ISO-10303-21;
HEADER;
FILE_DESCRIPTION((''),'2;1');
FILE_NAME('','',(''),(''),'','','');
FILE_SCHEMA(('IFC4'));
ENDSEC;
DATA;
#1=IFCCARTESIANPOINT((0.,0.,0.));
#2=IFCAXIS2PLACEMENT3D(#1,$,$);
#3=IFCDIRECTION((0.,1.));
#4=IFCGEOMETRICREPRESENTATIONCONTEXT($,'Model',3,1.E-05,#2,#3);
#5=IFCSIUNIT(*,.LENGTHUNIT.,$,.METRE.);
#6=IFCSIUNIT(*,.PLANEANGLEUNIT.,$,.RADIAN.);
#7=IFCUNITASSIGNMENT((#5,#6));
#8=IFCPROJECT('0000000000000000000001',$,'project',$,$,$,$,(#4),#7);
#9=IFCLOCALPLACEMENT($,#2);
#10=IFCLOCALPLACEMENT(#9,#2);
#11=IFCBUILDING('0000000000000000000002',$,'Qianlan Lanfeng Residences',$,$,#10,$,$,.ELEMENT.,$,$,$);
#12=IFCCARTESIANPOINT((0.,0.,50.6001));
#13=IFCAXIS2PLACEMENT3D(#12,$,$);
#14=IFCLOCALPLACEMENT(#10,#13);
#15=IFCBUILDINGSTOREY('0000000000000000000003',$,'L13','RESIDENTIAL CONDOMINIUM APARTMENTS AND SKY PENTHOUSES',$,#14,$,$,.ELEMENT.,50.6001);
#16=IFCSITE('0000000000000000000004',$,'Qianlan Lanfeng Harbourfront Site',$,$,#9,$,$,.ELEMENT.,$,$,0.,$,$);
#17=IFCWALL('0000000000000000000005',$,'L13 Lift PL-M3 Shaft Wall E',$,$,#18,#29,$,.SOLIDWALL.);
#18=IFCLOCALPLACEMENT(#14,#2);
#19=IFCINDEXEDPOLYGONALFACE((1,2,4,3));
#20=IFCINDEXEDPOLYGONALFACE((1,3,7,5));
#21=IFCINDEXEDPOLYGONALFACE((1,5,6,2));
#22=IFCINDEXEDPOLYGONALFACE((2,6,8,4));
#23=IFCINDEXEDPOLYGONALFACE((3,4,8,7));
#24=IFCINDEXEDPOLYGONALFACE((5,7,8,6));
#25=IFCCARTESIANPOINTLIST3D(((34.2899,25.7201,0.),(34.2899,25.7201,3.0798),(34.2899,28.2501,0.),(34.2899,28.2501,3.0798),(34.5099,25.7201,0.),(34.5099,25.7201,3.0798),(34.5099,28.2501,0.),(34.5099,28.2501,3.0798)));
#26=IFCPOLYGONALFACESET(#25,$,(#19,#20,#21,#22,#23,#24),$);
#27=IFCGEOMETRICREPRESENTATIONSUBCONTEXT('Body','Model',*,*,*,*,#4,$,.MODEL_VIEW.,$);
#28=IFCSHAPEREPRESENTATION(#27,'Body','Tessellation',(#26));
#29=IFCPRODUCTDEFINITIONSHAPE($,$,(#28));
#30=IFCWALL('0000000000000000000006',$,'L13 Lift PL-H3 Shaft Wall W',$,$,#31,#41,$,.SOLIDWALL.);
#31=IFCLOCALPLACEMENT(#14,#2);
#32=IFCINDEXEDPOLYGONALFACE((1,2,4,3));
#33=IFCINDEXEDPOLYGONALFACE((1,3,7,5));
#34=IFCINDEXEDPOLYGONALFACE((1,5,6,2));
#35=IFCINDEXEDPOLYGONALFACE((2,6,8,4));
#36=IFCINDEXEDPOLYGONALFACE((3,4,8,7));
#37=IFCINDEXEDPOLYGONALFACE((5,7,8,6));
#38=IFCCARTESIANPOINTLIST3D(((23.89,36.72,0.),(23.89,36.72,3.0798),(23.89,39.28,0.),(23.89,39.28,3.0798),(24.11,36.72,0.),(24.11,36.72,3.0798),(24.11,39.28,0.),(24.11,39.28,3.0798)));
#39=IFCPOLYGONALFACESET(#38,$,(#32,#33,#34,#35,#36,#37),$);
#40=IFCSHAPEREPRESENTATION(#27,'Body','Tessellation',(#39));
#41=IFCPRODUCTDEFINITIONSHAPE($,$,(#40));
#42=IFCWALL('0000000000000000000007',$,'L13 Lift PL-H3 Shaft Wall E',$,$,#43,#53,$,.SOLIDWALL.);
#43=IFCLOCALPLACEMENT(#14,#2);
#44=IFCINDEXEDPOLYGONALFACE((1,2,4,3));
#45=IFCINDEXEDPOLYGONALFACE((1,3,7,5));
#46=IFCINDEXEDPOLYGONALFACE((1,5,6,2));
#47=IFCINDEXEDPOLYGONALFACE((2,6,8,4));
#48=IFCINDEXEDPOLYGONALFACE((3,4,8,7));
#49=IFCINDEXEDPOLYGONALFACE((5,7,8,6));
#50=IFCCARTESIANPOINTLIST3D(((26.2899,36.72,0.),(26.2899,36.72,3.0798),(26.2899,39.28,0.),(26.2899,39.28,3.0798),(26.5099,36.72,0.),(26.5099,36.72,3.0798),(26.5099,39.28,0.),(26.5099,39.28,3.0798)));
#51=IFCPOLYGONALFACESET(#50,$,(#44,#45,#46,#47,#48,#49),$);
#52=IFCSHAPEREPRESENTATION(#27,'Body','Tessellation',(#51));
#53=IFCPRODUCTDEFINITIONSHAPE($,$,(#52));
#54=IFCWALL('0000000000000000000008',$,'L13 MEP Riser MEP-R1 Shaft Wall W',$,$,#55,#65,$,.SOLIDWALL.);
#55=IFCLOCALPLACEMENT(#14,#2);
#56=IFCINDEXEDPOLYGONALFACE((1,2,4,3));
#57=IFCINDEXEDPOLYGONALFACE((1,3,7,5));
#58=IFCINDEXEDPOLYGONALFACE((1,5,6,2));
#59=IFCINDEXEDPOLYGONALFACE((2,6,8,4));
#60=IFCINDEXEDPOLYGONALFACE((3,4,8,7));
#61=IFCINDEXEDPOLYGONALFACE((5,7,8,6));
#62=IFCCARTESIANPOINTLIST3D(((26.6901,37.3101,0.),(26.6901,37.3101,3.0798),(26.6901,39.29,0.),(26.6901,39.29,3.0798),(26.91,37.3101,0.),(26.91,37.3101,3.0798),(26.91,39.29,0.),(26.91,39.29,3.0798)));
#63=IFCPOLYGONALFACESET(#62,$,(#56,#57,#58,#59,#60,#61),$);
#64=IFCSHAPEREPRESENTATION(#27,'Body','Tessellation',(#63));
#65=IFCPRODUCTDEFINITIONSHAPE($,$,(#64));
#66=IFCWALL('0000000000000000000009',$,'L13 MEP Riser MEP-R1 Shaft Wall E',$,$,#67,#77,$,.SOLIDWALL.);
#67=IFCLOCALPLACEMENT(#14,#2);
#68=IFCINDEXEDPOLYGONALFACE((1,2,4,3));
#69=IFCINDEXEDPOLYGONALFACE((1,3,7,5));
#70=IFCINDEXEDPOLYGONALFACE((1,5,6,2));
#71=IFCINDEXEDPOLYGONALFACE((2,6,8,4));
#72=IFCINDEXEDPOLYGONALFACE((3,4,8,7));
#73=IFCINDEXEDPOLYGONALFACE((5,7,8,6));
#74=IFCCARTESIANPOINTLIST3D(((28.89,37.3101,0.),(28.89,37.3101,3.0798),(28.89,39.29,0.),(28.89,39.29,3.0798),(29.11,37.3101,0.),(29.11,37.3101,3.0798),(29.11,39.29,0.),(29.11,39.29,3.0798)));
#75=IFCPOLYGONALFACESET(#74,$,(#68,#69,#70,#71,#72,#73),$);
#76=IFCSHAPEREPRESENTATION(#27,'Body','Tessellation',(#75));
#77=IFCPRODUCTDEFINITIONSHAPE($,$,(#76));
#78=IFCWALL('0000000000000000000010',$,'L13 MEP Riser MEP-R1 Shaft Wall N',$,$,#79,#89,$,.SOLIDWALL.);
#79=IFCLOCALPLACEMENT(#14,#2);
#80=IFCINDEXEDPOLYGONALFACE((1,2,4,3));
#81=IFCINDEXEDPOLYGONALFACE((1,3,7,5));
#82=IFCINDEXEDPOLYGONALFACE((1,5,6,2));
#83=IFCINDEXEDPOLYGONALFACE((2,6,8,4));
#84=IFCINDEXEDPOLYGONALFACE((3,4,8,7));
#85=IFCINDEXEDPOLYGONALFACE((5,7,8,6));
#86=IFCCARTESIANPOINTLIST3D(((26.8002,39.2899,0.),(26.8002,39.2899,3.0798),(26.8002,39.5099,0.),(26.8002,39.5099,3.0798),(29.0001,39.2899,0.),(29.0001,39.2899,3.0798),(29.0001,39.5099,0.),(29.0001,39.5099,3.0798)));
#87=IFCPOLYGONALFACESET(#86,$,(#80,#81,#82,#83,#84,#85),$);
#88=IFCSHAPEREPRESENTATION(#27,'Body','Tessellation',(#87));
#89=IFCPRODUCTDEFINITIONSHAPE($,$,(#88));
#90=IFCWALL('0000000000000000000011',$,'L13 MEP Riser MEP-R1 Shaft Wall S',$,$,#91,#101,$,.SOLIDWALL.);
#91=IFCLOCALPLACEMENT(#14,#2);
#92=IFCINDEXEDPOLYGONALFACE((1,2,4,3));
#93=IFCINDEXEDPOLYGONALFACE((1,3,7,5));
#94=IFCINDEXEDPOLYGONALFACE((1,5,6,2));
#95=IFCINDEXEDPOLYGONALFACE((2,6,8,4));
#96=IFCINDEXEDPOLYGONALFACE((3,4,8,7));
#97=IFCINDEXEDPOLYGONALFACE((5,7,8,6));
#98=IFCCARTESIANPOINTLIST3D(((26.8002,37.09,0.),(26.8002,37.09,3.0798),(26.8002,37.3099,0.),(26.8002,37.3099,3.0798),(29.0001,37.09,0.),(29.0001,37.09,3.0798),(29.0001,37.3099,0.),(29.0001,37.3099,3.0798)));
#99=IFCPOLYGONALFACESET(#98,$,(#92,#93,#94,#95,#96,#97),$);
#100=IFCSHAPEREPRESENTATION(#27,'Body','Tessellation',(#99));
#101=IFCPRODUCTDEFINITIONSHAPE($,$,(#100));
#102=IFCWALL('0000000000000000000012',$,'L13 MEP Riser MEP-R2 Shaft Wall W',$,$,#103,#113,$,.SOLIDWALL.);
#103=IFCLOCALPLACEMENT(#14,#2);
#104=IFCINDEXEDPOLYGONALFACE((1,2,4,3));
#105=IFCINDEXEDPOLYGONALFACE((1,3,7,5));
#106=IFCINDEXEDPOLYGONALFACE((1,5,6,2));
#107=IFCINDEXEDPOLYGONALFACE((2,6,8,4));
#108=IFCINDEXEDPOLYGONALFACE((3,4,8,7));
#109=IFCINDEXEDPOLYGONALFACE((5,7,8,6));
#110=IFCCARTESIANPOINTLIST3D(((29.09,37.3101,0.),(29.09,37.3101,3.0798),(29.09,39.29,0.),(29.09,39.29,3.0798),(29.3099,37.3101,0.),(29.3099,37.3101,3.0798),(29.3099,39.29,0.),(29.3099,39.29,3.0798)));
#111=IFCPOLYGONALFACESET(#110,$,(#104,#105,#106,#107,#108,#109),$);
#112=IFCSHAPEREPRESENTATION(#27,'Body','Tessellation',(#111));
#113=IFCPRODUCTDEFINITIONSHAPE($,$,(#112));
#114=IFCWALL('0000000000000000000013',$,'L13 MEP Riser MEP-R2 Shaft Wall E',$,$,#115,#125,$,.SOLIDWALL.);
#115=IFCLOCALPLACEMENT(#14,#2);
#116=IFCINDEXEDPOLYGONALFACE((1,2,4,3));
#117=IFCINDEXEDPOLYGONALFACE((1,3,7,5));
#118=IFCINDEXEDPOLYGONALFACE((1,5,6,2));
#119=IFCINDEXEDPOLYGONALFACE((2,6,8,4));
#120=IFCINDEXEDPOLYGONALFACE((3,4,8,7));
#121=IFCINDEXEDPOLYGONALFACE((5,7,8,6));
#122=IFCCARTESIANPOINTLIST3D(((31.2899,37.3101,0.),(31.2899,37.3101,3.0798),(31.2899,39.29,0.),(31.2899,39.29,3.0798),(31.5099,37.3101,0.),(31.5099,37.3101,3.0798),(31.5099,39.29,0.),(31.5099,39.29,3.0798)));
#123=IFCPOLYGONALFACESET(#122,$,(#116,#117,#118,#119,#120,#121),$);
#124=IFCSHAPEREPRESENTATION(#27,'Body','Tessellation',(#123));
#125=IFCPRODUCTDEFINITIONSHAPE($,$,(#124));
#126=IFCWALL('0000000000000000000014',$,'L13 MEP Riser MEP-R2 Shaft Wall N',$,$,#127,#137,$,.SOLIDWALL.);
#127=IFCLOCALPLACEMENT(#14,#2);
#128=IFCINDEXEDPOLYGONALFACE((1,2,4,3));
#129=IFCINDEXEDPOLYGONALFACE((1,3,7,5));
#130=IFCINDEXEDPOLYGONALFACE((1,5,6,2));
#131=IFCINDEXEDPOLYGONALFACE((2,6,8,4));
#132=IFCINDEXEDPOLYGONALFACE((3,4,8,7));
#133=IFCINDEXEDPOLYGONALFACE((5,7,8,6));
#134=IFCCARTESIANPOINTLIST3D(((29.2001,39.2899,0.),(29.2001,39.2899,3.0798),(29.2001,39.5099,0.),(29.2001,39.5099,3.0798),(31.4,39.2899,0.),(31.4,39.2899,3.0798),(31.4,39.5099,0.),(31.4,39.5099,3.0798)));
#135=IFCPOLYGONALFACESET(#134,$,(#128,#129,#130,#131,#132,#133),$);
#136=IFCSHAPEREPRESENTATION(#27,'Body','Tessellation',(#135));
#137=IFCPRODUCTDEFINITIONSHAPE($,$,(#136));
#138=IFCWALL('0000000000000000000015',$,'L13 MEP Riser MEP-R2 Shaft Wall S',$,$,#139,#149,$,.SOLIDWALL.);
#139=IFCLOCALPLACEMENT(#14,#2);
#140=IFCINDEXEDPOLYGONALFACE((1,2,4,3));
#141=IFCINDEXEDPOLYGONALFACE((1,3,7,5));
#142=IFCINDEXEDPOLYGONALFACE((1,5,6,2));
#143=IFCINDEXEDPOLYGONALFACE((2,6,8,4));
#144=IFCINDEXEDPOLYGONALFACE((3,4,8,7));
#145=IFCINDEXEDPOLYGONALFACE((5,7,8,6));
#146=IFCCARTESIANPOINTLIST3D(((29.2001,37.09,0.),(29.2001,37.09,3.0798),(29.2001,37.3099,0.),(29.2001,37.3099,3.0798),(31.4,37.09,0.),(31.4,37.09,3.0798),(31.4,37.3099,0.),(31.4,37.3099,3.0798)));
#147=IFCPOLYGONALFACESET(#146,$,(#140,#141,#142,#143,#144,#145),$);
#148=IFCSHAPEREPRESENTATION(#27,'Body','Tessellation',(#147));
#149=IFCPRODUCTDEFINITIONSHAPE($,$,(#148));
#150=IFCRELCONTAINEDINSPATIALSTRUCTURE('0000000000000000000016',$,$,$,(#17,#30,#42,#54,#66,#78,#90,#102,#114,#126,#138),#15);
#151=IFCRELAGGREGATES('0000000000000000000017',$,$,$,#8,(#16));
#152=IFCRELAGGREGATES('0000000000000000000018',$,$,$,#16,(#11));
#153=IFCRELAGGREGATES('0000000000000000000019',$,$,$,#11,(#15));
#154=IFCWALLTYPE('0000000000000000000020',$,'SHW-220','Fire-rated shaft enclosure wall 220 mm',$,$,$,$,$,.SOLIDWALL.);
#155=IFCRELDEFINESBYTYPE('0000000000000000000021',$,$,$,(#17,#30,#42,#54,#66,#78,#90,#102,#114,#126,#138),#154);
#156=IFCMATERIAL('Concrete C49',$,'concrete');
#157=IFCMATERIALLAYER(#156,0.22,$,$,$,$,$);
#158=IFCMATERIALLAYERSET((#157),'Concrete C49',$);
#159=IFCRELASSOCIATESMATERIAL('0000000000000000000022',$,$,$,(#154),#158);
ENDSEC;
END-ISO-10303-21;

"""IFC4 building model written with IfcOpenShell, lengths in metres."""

from ifc_helpers import new_model, si_unit, direction, frame, frame_2d, origin, place, context, subcontext, project, spatial, rectangle, extrude, material, layer, layer_set, type_object, element, save


model = new_model("IFC4")

# Units and contexts
model_context = context("Model", 3, precision=1e-05, world=origin(), true_north=direction((0.0, 1.0)))
body_context = subcontext(model_context, "Body", "Model", "MODEL_VIEW")
ifc_project = project(units=[si_unit("LENGTHUNIT", "METRE"), si_unit("PLANEANGLEUNIT", "RADIAN")], contexts=[model_context])

# Site, building, storey
site_placement = place(None, origin())
site = spatial("IfcSite", under=ifc_project, at=site_placement, Name="Qianlan Lanfeng Harbourfront Site", CompositionType="ELEMENT", RefElevation=0.0)
building_placement = place(site_placement, origin())
building = spatial("IfcBuilding", under=site, at=building_placement, Name="Qianlan Lanfeng Residences", CompositionType="ELEMENT")
storey_placement = place(building_placement, frame((0.0, 0.0, 50.6001)))
storey = spatial("IfcBuildingStorey", under=building, at=storey_placement, Name="L13", Description="RESIDENTIAL CONDOMINIUM APARTMENTS AND SKY PENTHOUSES", CompositionType="ELEMENT", Elevation=50.6001)

# Walls
ifc_material_1 = material(Name="Concrete C49", Category="concrete")
ifc_layer_1 = layer(ifc_material_1, 0.22)
ifc_layer_set_1 = layer_set([ifc_layer_1], Name="Concrete C49")
wall_type_1 = type_object("IfcWallType", Name="SHW-220", Description="Fire-rated shaft enclosure wall 220 mm", PredefinedType="SOLIDWALL", material=ifc_layer_set_1)
for number, where, z_axis, x_axis, name in (
    (1, (34.3999, 25.72, 0.0), (0.0, 0.0, 1.0), (0.0, 1.0, 0.0), "L13 Lift PL-M3 Shaft Wall E"),
):
    element("IfcWall", number, at=place(storey_placement, frame(where, z_axis=z_axis, x_axis=x_axis)), inside=storey, type_object=wall_type_1, Name=name, PredefinedType="SOLIDWALL", context=body_context, shape_type="SweptSolid", body=[
        extrude(rectangle(XDim=2.53, YDim=0.22, at=frame_2d((1.2651, 0.0))), origin(), (0.0, 0.0, 1.0), 3.0798),
    ])
for number, where, z_axis, x_axis, name in (
    (2, (24.0, 36.72, 0.0), (0.0, 0.0, 1.0), (0.0, 1.0, 0.0), "L13 Lift PL-H3 Shaft Wall W"),
    (3, (26.3999, 36.72, 0.0), (0.0, 0.0, 1.0), (0.0, 1.0, 0.0), "L13 Lift PL-H3 Shaft Wall E"),
):
    element("IfcWall", number, at=place(storey_placement, frame(where, z_axis=z_axis, x_axis=x_axis)), inside=storey, type_object=wall_type_1, Name=name, PredefinedType="SOLIDWALL", context=body_context, shape_type="SweptSolid", body=[
        extrude(rectangle(XDim=2.5601, YDim=0.22, at=frame_2d((1.28, 0.0))), origin(), (0.0, 0.0, 1.0), 3.0798),
    ])
for number, where, z_axis, x_axis, name in (
    (4, (26.8, 37.3101, 0.0), (0.0, 0.0, 1.0), (0.0, 1.0, 0.0), "L13 MEP Riser MEP-R1 Shaft Wall W"),
    (5, (29.0, 37.3101, 0.0), (0.0, 0.0, 1.0), (0.0, 1.0, 0.0), "L13 MEP Riser MEP-R1 Shaft Wall E"),
):
    element("IfcWall", number, at=place(storey_placement, frame(where, z_axis=z_axis, x_axis=x_axis)), inside=storey, type_object=wall_type_1, Name=name, PredefinedType="SOLIDWALL", context=body_context, shape_type="SweptSolid", body=[
        extrude(rectangle(XDim=1.98, YDim=0.22, at=frame_2d((0.99, 0.0))), origin(), (0.0, 0.0, 1.0), 3.0798),
    ])
for number, where, z_axis, x_axis, name in (
    (6, (26.8, 39.3999, 0.0), (0.0, 0.0, 1.0), (1.0, 0.0, 0.0), "L13 MEP Riser MEP-R1 Shaft Wall N"),
    (7, (26.8, 37.2, 0.0), (0.0, 0.0, 1.0), (1.0, 0.0, 0.0), "L13 MEP Riser MEP-R1 Shaft Wall S"),
):
    element("IfcWall", number, at=place(storey_placement, frame(where, z_axis=z_axis, x_axis=x_axis)), inside=storey, type_object=wall_type_1, Name=name, PredefinedType="SOLIDWALL", context=body_context, shape_type="SweptSolid", body=[
        extrude(rectangle(XDim=2.2, YDim=0.22, at=frame_2d((1.1001, 0.0))), origin(), (0.0, 0.0, 1.0), 3.0798),
    ])
for number, where, z_axis, x_axis, name in (
    (8, (29.2, 37.3101, 0.0), (0.0, 0.0, 1.0), (0.0, 1.0, 0.0), "L13 MEP Riser MEP-R2 Shaft Wall W"),
    (9, (31.3999, 37.3101, 0.0), (0.0, 0.0, 1.0), (0.0, 1.0, 0.0), "L13 MEP Riser MEP-R2 Shaft Wall E"),
):
    element("IfcWall", number, at=place(storey_placement, frame(where, z_axis=z_axis, x_axis=x_axis)), inside=storey, type_object=wall_type_1, Name=name, PredefinedType="SOLIDWALL", context=body_context, shape_type="SweptSolid", body=[
        extrude(rectangle(XDim=1.98, YDim=0.22, at=frame_2d((0.99, 0.0))), origin(), (0.0, 0.0, 1.0), 3.0798),
    ])
for number, where, z_axis, x_axis, name in (
    (10, (29.2, 39.3999, 0.0), (0.0, 0.0, 1.0), (1.0, 0.0, 0.0), "L13 MEP Riser MEP-R2 Shaft Wall N"),
    (11, (29.2, 37.2, 0.0), (0.0, 0.0, 1.0), (1.0, 0.0, 0.0), "L13 MEP Riser MEP-R2 Shaft Wall S"),
):
    element("IfcWall", number, at=place(storey_placement, frame(where, z_axis=z_axis, x_axis=x_axis)), inside=storey, type_object=wall_type_1, Name=name, PredefinedType="SOLIDWALL", context=body_context, shape_type="SweptSolid", body=[
        extrude(rectangle(XDim=2.2, YDim=0.22, at=frame_2d((1.1001, 0.0))), origin(), (0.0, 0.0, 1.0), 3.0798),
    ])

save(model, "model.ifc")
